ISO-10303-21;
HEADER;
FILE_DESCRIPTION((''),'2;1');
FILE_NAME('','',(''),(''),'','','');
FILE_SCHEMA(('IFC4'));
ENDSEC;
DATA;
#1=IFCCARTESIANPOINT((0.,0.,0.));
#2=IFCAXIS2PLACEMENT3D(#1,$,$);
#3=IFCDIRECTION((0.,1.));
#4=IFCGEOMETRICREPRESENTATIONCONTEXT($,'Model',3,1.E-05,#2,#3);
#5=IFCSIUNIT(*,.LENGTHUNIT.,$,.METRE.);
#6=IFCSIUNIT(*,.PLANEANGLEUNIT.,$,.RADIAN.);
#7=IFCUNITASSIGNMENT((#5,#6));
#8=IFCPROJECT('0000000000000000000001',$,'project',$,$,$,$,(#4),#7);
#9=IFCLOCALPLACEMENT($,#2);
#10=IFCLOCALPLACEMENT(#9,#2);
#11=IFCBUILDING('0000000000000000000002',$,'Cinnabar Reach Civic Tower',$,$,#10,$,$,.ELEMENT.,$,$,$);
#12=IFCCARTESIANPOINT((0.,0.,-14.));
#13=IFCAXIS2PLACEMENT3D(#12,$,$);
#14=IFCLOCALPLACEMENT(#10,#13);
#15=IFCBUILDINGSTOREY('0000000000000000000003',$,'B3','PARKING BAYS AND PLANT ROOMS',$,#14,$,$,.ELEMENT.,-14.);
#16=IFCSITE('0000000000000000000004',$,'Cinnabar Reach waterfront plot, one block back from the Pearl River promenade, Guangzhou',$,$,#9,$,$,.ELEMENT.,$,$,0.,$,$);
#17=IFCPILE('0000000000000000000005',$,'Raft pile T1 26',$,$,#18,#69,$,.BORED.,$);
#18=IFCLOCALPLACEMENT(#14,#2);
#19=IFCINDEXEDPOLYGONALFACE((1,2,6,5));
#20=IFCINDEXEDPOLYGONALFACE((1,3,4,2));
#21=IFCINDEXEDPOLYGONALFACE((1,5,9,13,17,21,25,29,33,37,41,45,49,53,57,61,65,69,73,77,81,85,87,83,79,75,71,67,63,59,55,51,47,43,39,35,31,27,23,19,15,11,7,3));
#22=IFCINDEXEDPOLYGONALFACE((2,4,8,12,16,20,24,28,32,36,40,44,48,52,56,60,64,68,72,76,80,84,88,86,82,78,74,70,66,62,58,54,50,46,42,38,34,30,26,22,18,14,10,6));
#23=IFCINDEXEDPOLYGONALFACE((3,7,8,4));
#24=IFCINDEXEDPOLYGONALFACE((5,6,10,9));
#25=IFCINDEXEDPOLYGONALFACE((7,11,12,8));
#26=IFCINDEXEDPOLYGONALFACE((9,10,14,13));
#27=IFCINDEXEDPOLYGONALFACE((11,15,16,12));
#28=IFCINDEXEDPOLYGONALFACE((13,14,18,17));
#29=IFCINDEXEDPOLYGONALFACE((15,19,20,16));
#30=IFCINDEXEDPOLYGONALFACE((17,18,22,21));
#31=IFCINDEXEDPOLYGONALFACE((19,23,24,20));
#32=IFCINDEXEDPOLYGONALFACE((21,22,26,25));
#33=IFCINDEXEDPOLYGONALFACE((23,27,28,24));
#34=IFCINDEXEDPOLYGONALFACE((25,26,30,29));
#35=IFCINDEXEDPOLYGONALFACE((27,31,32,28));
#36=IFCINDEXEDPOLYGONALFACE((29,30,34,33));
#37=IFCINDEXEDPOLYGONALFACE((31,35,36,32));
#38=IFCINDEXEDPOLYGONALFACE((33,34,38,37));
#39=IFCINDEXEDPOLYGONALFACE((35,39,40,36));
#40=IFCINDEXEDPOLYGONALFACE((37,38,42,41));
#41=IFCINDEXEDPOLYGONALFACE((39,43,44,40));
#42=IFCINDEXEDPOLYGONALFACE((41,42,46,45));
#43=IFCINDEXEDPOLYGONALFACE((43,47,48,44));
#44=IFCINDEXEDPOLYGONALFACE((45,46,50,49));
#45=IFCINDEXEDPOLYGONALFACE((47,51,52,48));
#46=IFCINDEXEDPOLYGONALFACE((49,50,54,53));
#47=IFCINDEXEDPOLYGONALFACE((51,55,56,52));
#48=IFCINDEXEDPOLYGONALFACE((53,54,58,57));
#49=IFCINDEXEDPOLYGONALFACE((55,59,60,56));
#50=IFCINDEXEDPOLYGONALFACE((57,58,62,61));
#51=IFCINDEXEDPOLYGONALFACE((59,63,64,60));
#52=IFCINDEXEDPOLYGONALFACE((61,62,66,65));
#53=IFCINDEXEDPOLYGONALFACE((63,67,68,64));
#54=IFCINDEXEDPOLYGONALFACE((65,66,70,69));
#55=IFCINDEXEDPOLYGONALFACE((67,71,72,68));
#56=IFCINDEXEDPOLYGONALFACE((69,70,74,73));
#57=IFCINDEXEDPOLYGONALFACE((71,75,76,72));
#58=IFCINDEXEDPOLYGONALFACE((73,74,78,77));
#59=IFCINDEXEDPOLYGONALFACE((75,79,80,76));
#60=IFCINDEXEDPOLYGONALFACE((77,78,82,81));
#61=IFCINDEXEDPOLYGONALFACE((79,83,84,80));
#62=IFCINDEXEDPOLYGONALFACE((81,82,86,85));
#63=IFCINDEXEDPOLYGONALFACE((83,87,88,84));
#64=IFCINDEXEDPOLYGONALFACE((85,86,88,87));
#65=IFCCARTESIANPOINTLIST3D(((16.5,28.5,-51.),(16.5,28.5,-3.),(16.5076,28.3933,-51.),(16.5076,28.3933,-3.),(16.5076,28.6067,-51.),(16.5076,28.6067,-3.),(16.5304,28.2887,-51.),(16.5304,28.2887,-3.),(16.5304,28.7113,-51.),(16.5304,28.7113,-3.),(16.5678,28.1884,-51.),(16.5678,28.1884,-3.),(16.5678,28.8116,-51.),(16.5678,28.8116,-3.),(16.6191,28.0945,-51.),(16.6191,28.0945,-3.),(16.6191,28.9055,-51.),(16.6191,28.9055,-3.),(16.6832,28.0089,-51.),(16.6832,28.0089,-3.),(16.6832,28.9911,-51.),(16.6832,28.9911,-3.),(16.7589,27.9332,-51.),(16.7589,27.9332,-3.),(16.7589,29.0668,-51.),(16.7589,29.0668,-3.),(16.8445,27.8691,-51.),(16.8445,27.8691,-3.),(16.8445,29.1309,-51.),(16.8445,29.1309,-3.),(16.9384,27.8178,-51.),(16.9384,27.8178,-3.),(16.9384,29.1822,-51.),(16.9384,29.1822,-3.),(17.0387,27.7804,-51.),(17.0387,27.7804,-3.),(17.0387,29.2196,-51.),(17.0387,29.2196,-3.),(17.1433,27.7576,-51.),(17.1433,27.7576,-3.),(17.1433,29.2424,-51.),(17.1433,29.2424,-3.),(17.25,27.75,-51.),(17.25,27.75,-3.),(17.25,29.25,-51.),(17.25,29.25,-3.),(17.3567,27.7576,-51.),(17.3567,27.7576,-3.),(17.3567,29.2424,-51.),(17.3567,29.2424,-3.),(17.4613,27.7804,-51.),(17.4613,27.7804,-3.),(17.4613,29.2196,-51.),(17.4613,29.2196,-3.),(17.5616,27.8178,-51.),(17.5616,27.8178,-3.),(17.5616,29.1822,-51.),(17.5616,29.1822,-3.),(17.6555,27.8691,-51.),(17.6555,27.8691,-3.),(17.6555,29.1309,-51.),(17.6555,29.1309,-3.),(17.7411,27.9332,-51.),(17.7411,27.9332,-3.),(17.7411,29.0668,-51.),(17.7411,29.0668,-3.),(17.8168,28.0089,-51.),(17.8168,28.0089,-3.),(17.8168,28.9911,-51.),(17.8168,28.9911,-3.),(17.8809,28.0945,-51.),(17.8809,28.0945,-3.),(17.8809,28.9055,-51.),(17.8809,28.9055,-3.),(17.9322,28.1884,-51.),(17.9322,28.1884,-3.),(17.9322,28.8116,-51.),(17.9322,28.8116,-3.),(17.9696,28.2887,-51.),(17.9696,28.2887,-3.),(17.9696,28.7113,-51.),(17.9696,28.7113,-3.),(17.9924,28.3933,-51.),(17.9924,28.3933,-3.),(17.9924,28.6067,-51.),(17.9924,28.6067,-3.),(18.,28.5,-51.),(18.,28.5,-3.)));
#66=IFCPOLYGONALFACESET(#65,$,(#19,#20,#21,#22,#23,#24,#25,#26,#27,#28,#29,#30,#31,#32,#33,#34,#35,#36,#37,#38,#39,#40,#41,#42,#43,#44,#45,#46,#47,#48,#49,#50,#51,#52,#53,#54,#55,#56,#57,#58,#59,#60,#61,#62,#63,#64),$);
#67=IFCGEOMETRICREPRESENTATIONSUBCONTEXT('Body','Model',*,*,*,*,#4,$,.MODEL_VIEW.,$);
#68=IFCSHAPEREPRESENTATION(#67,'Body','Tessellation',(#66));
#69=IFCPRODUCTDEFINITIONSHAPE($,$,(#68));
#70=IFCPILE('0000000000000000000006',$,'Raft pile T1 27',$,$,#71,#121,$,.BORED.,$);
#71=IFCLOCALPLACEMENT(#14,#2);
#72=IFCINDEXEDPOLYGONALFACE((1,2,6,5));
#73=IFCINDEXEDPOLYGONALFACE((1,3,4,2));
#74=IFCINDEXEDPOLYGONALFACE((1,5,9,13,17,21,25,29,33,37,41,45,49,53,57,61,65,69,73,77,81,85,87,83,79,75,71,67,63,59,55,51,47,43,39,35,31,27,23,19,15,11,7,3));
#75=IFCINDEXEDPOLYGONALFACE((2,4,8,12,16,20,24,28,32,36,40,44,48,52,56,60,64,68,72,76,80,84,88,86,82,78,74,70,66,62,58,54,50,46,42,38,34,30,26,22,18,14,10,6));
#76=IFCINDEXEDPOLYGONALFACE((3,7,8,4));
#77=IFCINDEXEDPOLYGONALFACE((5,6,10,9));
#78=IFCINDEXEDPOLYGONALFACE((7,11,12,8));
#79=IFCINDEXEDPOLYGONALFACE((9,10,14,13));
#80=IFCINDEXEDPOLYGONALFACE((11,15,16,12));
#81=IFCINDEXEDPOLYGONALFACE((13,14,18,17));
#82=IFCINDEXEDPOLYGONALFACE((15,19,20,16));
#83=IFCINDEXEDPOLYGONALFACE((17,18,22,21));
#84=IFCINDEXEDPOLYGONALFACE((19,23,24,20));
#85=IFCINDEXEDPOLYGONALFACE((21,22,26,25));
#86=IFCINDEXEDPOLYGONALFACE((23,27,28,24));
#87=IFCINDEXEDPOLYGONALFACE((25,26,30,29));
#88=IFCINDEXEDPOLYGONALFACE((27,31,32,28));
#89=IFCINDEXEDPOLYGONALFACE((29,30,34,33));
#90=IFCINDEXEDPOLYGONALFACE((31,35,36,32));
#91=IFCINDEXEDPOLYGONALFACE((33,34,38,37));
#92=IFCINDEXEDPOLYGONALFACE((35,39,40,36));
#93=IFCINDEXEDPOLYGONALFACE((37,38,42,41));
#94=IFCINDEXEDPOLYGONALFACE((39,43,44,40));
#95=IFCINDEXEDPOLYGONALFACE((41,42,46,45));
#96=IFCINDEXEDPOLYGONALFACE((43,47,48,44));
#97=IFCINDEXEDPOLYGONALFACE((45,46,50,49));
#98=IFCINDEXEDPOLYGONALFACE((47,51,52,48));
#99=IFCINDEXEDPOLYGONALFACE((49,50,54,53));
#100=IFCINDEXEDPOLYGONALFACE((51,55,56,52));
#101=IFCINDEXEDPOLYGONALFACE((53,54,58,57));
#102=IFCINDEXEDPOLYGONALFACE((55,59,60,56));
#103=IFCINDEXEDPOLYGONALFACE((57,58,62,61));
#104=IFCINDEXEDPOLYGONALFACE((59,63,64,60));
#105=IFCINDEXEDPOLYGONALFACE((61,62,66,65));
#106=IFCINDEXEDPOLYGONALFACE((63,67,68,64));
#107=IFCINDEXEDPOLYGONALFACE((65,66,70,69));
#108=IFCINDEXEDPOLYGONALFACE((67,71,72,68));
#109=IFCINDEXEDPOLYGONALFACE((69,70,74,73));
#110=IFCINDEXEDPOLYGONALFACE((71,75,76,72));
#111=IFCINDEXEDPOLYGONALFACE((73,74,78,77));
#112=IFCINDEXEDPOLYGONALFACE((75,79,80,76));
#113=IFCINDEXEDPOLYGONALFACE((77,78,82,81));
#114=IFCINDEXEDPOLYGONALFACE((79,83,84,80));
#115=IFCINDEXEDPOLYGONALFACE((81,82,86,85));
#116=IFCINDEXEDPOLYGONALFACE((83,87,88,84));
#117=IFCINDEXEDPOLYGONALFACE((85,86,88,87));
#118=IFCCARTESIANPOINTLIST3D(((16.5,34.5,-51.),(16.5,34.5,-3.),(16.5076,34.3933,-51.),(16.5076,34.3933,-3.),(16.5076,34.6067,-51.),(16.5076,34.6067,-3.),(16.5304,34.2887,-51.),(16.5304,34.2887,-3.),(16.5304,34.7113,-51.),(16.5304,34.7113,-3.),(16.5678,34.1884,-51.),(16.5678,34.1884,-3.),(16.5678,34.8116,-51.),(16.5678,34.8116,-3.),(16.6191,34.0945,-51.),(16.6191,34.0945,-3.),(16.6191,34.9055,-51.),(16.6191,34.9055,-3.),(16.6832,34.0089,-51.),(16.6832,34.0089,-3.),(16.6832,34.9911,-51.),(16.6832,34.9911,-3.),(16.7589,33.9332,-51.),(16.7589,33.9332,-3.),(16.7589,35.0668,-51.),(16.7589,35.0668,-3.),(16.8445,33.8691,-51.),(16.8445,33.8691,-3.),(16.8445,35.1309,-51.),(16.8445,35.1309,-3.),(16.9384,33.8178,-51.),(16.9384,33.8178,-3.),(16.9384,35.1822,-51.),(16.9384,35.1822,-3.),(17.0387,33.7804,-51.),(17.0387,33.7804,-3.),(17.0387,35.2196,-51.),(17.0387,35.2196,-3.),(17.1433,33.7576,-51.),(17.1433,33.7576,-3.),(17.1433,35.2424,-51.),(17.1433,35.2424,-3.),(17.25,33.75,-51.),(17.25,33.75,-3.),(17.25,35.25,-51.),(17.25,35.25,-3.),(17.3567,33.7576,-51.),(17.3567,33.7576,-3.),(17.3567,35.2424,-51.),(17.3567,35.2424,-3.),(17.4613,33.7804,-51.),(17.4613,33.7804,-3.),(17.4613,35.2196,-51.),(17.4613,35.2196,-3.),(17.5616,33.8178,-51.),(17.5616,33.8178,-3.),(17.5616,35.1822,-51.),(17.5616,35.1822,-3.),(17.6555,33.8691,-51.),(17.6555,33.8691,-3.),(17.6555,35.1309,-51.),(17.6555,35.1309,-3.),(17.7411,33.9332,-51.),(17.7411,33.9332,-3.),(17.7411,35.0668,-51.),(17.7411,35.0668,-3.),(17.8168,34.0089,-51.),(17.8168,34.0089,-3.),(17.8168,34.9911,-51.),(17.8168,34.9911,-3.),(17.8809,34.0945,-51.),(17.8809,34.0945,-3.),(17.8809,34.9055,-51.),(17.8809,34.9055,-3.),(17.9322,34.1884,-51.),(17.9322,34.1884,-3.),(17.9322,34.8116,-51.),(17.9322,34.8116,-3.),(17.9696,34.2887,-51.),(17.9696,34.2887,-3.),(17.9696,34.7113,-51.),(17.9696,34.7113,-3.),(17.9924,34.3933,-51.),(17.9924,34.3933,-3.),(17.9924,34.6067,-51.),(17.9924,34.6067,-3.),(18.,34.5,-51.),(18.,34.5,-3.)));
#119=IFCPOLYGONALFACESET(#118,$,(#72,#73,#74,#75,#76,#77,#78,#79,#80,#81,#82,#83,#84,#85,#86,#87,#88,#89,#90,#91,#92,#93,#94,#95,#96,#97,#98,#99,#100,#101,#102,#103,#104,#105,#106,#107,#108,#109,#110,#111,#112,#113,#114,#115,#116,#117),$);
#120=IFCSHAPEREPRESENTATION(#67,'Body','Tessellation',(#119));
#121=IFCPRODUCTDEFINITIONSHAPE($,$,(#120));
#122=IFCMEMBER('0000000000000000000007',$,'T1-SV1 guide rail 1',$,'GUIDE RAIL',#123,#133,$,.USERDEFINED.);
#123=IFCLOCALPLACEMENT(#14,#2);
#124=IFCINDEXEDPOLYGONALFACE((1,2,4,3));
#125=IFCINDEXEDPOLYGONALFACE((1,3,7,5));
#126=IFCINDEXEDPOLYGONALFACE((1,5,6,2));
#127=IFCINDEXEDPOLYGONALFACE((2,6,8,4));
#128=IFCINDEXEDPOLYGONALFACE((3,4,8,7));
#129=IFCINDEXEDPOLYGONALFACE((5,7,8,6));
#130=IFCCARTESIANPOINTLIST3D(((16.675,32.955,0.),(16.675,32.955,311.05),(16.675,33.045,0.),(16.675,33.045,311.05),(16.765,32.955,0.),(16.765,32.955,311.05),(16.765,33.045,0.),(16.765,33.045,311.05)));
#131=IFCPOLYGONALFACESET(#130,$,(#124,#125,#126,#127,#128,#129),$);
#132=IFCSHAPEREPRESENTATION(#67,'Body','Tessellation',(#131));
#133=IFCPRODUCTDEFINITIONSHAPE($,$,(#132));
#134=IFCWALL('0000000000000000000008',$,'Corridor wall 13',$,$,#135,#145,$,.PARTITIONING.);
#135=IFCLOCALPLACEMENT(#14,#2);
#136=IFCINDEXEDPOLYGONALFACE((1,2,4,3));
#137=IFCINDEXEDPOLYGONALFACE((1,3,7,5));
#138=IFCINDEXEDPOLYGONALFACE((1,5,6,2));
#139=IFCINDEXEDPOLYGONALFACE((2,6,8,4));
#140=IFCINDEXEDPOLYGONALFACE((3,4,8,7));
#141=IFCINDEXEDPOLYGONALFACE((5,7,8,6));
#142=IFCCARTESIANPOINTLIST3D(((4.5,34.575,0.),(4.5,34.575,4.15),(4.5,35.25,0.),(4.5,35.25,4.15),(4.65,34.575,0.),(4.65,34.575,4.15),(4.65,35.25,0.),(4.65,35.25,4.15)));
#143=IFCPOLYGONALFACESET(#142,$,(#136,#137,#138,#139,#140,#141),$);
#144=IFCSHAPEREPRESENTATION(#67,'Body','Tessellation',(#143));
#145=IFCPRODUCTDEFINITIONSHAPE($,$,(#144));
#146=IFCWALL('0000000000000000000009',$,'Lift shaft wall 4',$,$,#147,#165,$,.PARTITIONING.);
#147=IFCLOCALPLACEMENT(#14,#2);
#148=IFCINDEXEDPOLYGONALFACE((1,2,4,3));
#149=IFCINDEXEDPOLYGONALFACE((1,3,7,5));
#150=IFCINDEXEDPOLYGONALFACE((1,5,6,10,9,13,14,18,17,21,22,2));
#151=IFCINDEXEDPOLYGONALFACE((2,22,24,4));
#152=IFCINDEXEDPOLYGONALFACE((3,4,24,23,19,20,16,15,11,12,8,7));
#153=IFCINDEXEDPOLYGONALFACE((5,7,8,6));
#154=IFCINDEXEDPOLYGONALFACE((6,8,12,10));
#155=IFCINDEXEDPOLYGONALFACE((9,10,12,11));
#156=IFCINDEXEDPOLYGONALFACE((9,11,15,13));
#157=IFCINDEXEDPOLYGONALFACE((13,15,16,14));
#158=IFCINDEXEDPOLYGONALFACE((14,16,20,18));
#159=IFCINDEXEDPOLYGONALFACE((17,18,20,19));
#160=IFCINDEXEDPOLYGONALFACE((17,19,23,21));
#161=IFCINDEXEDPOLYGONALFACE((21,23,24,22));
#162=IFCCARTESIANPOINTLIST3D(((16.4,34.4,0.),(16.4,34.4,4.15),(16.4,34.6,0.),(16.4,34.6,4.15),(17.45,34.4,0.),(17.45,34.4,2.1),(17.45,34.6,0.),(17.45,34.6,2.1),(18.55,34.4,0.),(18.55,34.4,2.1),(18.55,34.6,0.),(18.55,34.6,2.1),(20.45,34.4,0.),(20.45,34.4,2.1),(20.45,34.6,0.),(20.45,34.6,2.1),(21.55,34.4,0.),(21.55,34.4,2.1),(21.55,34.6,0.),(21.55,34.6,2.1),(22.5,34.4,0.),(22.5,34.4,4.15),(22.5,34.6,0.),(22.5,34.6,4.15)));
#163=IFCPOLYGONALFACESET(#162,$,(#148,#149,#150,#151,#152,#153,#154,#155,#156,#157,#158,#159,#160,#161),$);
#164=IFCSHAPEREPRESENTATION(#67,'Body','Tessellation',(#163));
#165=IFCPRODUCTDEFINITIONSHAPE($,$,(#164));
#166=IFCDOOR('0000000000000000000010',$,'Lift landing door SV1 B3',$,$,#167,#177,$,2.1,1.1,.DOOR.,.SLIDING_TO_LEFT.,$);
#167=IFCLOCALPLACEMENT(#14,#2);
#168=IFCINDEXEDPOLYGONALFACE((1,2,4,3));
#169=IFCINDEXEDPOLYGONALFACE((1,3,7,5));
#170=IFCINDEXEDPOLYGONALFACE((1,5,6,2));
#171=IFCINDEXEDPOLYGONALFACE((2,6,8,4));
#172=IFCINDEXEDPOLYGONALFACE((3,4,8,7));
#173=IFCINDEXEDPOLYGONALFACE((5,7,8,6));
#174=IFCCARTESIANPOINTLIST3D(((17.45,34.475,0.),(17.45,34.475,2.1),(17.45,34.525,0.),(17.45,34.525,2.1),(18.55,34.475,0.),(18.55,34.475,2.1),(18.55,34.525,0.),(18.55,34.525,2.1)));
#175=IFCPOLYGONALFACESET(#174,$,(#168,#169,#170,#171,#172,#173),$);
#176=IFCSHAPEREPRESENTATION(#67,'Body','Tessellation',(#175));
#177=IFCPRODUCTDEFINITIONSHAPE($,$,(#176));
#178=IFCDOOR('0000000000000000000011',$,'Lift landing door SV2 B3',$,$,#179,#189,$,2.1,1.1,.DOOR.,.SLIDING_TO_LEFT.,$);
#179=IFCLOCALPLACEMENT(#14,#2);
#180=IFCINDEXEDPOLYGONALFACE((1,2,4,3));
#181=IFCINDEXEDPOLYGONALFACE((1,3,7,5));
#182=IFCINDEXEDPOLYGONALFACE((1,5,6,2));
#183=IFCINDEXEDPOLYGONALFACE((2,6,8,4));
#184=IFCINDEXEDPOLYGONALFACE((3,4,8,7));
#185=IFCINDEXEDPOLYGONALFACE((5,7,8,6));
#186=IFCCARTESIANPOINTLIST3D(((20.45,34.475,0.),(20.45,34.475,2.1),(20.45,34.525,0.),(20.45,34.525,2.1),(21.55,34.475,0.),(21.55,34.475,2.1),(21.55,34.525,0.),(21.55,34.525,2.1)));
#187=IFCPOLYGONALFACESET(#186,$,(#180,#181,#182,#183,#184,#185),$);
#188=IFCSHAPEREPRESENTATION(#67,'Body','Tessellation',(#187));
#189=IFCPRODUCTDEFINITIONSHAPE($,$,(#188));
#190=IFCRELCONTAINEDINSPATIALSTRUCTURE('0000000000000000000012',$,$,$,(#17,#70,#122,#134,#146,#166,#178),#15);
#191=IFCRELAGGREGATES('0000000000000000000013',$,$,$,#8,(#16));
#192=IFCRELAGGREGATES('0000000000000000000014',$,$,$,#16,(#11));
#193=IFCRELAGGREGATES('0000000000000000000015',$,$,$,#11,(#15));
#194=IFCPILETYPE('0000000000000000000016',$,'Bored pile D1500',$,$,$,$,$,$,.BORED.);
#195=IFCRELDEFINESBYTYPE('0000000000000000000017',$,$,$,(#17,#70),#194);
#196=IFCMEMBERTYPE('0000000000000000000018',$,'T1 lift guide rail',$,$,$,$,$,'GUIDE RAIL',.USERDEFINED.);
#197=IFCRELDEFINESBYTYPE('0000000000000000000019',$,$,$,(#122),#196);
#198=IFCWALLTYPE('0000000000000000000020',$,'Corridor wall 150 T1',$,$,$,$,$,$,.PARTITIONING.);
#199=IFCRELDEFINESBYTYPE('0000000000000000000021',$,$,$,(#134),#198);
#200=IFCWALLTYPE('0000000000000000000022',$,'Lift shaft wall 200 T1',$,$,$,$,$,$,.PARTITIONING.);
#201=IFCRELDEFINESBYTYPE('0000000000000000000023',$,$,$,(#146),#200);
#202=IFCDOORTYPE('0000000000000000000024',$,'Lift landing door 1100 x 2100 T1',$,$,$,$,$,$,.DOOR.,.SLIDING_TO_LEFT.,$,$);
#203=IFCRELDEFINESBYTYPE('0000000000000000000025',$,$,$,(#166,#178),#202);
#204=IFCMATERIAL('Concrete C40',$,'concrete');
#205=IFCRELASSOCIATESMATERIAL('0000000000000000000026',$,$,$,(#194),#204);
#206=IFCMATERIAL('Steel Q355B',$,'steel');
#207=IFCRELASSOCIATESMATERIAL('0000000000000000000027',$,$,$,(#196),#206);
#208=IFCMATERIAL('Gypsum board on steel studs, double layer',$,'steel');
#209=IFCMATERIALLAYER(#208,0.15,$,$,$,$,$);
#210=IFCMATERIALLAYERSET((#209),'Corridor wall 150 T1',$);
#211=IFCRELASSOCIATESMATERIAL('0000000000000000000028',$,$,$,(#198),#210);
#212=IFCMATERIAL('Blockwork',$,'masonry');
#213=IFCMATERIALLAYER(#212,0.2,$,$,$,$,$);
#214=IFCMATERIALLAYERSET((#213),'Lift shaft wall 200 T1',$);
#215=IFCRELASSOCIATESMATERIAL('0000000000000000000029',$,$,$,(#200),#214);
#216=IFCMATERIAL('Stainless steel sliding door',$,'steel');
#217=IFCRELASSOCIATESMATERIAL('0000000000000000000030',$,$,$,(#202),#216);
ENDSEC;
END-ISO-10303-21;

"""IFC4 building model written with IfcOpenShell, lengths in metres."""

from ifc_helpers import new_model, si_unit, direction, frame, frame_2d, origin, origin_2d, place, context, subcontext, project, spatial, rectangle, circle, extrude, material, layer, layer_set, material_profile, profile_set, type_object, element, fill, save


model = new_model("IFC4")

# Units and contexts
model_context = context("Model", 3, precision=1e-05, world=origin(), true_north=direction((0.0, 1.0)))
body_context = subcontext(model_context, "Body", "Model", "MODEL_VIEW")
ifc_project = project(units=[si_unit("LENGTHUNIT", "METRE"), si_unit("PLANEANGLEUNIT", "RADIAN")], contexts=[model_context])

# Site, building, storey
site_placement = place(None, origin())
site = spatial("IfcSite", under=ifc_project, at=site_placement, Name="Cinnabar Reach waterfront plot, one block back from the Pearl River promenade, Guangzhou", CompositionType="ELEMENT", RefElevation=0.0)
building_placement = place(site_placement, origin())
building = spatial("IfcBuilding", under=site, at=building_placement, Name="Cinnabar Reach Civic Tower", CompositionType="ELEMENT")
storey_placement = place(building_placement, frame((0.0, 0.0, -14.0)))
storey = spatial("IfcBuildingStorey", under=building, at=storey_placement, Name="B3", Description="PARKING BAYS AND PLANT ROOMS", CompositionType="ELEMENT", Elevation=-14.0)

# Piles
ifc_material_1 = material(Name="Concrete C40", Category="concrete")
pile_type = type_object("IfcPileType", Name="Bored pile D1500", PredefinedType="BORED", material=ifc_material_1)
for number, where, z_axis, x_axis, name in (
    (1, (17.25, 28.5, -3.0), (0.0, 0.0, -1.0), (1.0, 0.0, 0.0), "Raft pile T1 26"),
    (2, (17.25, 34.5, -3.0), (0.0, 0.0, -1.0), (1.0, 0.0, 0.0), "Raft pile T1 27"),
):
    element("IfcPile", number, at=place(storey_placement, frame(where, z_axis=z_axis, x_axis=x_axis)), inside=storey, type_object=pile_type, Name=name, PredefinedType="BORED", context=body_context, shape_type="SweptSolid", body=[
        extrude(circle(Radius=0.75, at=origin_2d()), origin(), (0.0, 0.0, 1.0), 48.0),
    ])

# Member
ifc_material_2 = material(Name="Steel Q355B", Category="steel")
ifc_material_profile = material_profile(ifc_material_2, rectangle(XDim=0.09, YDim=0.09, at=origin_2d()), Name="T1 lift guide rail")
ifc_profile_set = profile_set([ifc_material_profile], Name="Steel Q355B")
member_type = type_object("IfcMemberType", Name="T1 lift guide rail", ElementType="GUIDE RAIL", PredefinedType="USERDEFINED", material=ifc_profile_set)
member_placement = place(storey_placement, frame((16.72, 33.0, 0.0), z_axis=(0.0, 0.0, 1.0), x_axis=(1.0, 0.0, 0.0)))
element("IfcMember", 3, at=member_placement, inside=storey, type_object=member_type, Name="T1-SV1 guide rail 1", ObjectType="GUIDE RAIL", PredefinedType="USERDEFINED", context=body_context, shape_type="SweptSolid", body=[
    extrude(rectangle(XDim=0.09, YDim=0.09, at=origin_2d()), origin(), (0.0, 0.0, 1.0), 311.05),
])

# Wall
ifc_material_3 = material(Name="Gypsum board on steel studs, double layer", Category="steel")
ifc_layer_1 = layer(ifc_material_3, 0.15)
ifc_layer_set_1 = layer_set([ifc_layer_1], Name="Corridor wall 150 T1")
wall_type_1 = type_object("IfcWallType", Name="Corridor wall 150 T1", PredefinedType="PARTITIONING", material=ifc_layer_set_1)
wall_1_placement = place(storey_placement, frame((4.575, 34.575, 0.0), z_axis=(0.0, 0.0, 1.0), x_axis=(0.0, 1.0, 0.0)))
element("IfcWall", 4, at=wall_1_placement, inside=storey, type_object=wall_type_1, Name="Corridor wall 13", PredefinedType="PARTITIONING", context=body_context, shape_type="SweptSolid", body=[
    extrude(rectangle(XDim=0.675, YDim=0.15, at=frame_2d((0.3375, 0.0))), origin(), (0.0, 0.0, 1.0), 4.15),
])

# Wall, openings, doors
ifc_material_4 = material(Name="Blockwork", Category="masonry")
ifc_layer_2 = layer(ifc_material_4, 0.2)
ifc_layer_set_2 = layer_set([ifc_layer_2], Name="Lift shaft wall 200 T1")
wall_type_2 = type_object("IfcWallType", Name="Lift shaft wall 200 T1", PredefinedType="PARTITIONING", material=ifc_layer_set_2)
wall_2_placement = place(storey_placement, frame((16.4, 34.5, 0.0), z_axis=(0.0, 0.0, 1.0), x_axis=(1.0, 0.0, 0.0)))
wall_2 = element("IfcWall", 5, at=wall_2_placement, inside=storey, type_object=wall_type_2, Name="Lift shaft wall 4", PredefinedType="PARTITIONING", context=body_context, shape_type="SweptSolid", body=[
    extrude(rectangle(XDim=6.1, YDim=0.2, at=frame_2d((3.05, 0.0))), origin(), (0.0, 0.0, 1.0), 4.15),
])
opening_1_placement = place(wall_2_placement, frame((1.05, 0.0, 0.0)))
opening_1 = element("IfcOpeningElement", 6, at=opening_1_placement, cuts=wall_2, PredefinedType="OPENING", context=body_context, shape_type="SweptSolid", body=[
    extrude(rectangle(XDim=1.1, YDim=2.1, at=frame_2d((0.55, 1.05))), frame((0.0, 0.11, 0.0), z_axis=(0.0, -1.0, 0.0), x_axis=(1.0, 0.0, 0.0)), (0.0, 0.0, 1.0), 0.22),
])
opening_2_placement = place(wall_2_placement, frame((4.05, 0.0, 0.0)))
opening_2 = element("IfcOpeningElement", 7, at=opening_2_placement, cuts=wall_2, PredefinedType="OPENING", context=body_context, shape_type="SweptSolid", body=[
    extrude(rectangle(XDim=1.1, YDim=2.1, at=frame_2d((0.55, 1.05))), frame((0.0, 0.11, 0.0), z_axis=(0.0, -1.0, 0.0), x_axis=(1.0, 0.0, 0.0)), (0.0, 0.0, 1.0), 0.22),
])
ifc_material_5 = material(Name="Stainless steel sliding door", Category="steel")
door_type = type_object("IfcDoorType", Name="Lift landing door 1100 x 2100 T1", OperationType="SLIDING_TO_LEFT", PredefinedType="DOOR", material=ifc_material_5)
door_1_placement = place(opening_1_placement, origin())
door_1 = element("IfcDoor", 8, at=door_1_placement, inside=storey, type_object=door_type, Name="Lift landing door SV1 B3", OperationType="SLIDING_TO_LEFT", OverallHeight=2.1, OverallWidth=1.1, PredefinedType="DOOR", context=body_context, shape_type="SweptSolid", body=[
    extrude(rectangle(XDim=1.1, YDim=2.1, at=frame_2d((0.55, 1.05))), frame((0.0, 0.025, 0.0), z_axis=(0.0, -1.0, 0.0), x_axis=(1.0, 0.0, 0.0)), (0.0, 0.0, 1.0), 0.05),
])
fill(opening_1, door_1)
door_2_placement = place(opening_2_placement, origin())
door_2 = element("IfcDoor", 9, at=door_2_placement, inside=storey, type_object=door_type, Name="Lift landing door SV2 B3", OperationType="SLIDING_TO_LEFT", OverallHeight=2.1, OverallWidth=1.1, PredefinedType="DOOR", context=body_context, shape_type="SweptSolid", body=[
    extrude(rectangle(XDim=1.1, YDim=2.1, at=frame_2d((0.55, 1.05))), frame((0.0, 0.025, 0.0), z_axis=(0.0, -1.0, 0.0), x_axis=(1.0, 0.0, 0.0)), (0.0, 0.0, 1.0), 0.05),
])
fill(opening_2, door_2)

save(model, "model.ifc")
